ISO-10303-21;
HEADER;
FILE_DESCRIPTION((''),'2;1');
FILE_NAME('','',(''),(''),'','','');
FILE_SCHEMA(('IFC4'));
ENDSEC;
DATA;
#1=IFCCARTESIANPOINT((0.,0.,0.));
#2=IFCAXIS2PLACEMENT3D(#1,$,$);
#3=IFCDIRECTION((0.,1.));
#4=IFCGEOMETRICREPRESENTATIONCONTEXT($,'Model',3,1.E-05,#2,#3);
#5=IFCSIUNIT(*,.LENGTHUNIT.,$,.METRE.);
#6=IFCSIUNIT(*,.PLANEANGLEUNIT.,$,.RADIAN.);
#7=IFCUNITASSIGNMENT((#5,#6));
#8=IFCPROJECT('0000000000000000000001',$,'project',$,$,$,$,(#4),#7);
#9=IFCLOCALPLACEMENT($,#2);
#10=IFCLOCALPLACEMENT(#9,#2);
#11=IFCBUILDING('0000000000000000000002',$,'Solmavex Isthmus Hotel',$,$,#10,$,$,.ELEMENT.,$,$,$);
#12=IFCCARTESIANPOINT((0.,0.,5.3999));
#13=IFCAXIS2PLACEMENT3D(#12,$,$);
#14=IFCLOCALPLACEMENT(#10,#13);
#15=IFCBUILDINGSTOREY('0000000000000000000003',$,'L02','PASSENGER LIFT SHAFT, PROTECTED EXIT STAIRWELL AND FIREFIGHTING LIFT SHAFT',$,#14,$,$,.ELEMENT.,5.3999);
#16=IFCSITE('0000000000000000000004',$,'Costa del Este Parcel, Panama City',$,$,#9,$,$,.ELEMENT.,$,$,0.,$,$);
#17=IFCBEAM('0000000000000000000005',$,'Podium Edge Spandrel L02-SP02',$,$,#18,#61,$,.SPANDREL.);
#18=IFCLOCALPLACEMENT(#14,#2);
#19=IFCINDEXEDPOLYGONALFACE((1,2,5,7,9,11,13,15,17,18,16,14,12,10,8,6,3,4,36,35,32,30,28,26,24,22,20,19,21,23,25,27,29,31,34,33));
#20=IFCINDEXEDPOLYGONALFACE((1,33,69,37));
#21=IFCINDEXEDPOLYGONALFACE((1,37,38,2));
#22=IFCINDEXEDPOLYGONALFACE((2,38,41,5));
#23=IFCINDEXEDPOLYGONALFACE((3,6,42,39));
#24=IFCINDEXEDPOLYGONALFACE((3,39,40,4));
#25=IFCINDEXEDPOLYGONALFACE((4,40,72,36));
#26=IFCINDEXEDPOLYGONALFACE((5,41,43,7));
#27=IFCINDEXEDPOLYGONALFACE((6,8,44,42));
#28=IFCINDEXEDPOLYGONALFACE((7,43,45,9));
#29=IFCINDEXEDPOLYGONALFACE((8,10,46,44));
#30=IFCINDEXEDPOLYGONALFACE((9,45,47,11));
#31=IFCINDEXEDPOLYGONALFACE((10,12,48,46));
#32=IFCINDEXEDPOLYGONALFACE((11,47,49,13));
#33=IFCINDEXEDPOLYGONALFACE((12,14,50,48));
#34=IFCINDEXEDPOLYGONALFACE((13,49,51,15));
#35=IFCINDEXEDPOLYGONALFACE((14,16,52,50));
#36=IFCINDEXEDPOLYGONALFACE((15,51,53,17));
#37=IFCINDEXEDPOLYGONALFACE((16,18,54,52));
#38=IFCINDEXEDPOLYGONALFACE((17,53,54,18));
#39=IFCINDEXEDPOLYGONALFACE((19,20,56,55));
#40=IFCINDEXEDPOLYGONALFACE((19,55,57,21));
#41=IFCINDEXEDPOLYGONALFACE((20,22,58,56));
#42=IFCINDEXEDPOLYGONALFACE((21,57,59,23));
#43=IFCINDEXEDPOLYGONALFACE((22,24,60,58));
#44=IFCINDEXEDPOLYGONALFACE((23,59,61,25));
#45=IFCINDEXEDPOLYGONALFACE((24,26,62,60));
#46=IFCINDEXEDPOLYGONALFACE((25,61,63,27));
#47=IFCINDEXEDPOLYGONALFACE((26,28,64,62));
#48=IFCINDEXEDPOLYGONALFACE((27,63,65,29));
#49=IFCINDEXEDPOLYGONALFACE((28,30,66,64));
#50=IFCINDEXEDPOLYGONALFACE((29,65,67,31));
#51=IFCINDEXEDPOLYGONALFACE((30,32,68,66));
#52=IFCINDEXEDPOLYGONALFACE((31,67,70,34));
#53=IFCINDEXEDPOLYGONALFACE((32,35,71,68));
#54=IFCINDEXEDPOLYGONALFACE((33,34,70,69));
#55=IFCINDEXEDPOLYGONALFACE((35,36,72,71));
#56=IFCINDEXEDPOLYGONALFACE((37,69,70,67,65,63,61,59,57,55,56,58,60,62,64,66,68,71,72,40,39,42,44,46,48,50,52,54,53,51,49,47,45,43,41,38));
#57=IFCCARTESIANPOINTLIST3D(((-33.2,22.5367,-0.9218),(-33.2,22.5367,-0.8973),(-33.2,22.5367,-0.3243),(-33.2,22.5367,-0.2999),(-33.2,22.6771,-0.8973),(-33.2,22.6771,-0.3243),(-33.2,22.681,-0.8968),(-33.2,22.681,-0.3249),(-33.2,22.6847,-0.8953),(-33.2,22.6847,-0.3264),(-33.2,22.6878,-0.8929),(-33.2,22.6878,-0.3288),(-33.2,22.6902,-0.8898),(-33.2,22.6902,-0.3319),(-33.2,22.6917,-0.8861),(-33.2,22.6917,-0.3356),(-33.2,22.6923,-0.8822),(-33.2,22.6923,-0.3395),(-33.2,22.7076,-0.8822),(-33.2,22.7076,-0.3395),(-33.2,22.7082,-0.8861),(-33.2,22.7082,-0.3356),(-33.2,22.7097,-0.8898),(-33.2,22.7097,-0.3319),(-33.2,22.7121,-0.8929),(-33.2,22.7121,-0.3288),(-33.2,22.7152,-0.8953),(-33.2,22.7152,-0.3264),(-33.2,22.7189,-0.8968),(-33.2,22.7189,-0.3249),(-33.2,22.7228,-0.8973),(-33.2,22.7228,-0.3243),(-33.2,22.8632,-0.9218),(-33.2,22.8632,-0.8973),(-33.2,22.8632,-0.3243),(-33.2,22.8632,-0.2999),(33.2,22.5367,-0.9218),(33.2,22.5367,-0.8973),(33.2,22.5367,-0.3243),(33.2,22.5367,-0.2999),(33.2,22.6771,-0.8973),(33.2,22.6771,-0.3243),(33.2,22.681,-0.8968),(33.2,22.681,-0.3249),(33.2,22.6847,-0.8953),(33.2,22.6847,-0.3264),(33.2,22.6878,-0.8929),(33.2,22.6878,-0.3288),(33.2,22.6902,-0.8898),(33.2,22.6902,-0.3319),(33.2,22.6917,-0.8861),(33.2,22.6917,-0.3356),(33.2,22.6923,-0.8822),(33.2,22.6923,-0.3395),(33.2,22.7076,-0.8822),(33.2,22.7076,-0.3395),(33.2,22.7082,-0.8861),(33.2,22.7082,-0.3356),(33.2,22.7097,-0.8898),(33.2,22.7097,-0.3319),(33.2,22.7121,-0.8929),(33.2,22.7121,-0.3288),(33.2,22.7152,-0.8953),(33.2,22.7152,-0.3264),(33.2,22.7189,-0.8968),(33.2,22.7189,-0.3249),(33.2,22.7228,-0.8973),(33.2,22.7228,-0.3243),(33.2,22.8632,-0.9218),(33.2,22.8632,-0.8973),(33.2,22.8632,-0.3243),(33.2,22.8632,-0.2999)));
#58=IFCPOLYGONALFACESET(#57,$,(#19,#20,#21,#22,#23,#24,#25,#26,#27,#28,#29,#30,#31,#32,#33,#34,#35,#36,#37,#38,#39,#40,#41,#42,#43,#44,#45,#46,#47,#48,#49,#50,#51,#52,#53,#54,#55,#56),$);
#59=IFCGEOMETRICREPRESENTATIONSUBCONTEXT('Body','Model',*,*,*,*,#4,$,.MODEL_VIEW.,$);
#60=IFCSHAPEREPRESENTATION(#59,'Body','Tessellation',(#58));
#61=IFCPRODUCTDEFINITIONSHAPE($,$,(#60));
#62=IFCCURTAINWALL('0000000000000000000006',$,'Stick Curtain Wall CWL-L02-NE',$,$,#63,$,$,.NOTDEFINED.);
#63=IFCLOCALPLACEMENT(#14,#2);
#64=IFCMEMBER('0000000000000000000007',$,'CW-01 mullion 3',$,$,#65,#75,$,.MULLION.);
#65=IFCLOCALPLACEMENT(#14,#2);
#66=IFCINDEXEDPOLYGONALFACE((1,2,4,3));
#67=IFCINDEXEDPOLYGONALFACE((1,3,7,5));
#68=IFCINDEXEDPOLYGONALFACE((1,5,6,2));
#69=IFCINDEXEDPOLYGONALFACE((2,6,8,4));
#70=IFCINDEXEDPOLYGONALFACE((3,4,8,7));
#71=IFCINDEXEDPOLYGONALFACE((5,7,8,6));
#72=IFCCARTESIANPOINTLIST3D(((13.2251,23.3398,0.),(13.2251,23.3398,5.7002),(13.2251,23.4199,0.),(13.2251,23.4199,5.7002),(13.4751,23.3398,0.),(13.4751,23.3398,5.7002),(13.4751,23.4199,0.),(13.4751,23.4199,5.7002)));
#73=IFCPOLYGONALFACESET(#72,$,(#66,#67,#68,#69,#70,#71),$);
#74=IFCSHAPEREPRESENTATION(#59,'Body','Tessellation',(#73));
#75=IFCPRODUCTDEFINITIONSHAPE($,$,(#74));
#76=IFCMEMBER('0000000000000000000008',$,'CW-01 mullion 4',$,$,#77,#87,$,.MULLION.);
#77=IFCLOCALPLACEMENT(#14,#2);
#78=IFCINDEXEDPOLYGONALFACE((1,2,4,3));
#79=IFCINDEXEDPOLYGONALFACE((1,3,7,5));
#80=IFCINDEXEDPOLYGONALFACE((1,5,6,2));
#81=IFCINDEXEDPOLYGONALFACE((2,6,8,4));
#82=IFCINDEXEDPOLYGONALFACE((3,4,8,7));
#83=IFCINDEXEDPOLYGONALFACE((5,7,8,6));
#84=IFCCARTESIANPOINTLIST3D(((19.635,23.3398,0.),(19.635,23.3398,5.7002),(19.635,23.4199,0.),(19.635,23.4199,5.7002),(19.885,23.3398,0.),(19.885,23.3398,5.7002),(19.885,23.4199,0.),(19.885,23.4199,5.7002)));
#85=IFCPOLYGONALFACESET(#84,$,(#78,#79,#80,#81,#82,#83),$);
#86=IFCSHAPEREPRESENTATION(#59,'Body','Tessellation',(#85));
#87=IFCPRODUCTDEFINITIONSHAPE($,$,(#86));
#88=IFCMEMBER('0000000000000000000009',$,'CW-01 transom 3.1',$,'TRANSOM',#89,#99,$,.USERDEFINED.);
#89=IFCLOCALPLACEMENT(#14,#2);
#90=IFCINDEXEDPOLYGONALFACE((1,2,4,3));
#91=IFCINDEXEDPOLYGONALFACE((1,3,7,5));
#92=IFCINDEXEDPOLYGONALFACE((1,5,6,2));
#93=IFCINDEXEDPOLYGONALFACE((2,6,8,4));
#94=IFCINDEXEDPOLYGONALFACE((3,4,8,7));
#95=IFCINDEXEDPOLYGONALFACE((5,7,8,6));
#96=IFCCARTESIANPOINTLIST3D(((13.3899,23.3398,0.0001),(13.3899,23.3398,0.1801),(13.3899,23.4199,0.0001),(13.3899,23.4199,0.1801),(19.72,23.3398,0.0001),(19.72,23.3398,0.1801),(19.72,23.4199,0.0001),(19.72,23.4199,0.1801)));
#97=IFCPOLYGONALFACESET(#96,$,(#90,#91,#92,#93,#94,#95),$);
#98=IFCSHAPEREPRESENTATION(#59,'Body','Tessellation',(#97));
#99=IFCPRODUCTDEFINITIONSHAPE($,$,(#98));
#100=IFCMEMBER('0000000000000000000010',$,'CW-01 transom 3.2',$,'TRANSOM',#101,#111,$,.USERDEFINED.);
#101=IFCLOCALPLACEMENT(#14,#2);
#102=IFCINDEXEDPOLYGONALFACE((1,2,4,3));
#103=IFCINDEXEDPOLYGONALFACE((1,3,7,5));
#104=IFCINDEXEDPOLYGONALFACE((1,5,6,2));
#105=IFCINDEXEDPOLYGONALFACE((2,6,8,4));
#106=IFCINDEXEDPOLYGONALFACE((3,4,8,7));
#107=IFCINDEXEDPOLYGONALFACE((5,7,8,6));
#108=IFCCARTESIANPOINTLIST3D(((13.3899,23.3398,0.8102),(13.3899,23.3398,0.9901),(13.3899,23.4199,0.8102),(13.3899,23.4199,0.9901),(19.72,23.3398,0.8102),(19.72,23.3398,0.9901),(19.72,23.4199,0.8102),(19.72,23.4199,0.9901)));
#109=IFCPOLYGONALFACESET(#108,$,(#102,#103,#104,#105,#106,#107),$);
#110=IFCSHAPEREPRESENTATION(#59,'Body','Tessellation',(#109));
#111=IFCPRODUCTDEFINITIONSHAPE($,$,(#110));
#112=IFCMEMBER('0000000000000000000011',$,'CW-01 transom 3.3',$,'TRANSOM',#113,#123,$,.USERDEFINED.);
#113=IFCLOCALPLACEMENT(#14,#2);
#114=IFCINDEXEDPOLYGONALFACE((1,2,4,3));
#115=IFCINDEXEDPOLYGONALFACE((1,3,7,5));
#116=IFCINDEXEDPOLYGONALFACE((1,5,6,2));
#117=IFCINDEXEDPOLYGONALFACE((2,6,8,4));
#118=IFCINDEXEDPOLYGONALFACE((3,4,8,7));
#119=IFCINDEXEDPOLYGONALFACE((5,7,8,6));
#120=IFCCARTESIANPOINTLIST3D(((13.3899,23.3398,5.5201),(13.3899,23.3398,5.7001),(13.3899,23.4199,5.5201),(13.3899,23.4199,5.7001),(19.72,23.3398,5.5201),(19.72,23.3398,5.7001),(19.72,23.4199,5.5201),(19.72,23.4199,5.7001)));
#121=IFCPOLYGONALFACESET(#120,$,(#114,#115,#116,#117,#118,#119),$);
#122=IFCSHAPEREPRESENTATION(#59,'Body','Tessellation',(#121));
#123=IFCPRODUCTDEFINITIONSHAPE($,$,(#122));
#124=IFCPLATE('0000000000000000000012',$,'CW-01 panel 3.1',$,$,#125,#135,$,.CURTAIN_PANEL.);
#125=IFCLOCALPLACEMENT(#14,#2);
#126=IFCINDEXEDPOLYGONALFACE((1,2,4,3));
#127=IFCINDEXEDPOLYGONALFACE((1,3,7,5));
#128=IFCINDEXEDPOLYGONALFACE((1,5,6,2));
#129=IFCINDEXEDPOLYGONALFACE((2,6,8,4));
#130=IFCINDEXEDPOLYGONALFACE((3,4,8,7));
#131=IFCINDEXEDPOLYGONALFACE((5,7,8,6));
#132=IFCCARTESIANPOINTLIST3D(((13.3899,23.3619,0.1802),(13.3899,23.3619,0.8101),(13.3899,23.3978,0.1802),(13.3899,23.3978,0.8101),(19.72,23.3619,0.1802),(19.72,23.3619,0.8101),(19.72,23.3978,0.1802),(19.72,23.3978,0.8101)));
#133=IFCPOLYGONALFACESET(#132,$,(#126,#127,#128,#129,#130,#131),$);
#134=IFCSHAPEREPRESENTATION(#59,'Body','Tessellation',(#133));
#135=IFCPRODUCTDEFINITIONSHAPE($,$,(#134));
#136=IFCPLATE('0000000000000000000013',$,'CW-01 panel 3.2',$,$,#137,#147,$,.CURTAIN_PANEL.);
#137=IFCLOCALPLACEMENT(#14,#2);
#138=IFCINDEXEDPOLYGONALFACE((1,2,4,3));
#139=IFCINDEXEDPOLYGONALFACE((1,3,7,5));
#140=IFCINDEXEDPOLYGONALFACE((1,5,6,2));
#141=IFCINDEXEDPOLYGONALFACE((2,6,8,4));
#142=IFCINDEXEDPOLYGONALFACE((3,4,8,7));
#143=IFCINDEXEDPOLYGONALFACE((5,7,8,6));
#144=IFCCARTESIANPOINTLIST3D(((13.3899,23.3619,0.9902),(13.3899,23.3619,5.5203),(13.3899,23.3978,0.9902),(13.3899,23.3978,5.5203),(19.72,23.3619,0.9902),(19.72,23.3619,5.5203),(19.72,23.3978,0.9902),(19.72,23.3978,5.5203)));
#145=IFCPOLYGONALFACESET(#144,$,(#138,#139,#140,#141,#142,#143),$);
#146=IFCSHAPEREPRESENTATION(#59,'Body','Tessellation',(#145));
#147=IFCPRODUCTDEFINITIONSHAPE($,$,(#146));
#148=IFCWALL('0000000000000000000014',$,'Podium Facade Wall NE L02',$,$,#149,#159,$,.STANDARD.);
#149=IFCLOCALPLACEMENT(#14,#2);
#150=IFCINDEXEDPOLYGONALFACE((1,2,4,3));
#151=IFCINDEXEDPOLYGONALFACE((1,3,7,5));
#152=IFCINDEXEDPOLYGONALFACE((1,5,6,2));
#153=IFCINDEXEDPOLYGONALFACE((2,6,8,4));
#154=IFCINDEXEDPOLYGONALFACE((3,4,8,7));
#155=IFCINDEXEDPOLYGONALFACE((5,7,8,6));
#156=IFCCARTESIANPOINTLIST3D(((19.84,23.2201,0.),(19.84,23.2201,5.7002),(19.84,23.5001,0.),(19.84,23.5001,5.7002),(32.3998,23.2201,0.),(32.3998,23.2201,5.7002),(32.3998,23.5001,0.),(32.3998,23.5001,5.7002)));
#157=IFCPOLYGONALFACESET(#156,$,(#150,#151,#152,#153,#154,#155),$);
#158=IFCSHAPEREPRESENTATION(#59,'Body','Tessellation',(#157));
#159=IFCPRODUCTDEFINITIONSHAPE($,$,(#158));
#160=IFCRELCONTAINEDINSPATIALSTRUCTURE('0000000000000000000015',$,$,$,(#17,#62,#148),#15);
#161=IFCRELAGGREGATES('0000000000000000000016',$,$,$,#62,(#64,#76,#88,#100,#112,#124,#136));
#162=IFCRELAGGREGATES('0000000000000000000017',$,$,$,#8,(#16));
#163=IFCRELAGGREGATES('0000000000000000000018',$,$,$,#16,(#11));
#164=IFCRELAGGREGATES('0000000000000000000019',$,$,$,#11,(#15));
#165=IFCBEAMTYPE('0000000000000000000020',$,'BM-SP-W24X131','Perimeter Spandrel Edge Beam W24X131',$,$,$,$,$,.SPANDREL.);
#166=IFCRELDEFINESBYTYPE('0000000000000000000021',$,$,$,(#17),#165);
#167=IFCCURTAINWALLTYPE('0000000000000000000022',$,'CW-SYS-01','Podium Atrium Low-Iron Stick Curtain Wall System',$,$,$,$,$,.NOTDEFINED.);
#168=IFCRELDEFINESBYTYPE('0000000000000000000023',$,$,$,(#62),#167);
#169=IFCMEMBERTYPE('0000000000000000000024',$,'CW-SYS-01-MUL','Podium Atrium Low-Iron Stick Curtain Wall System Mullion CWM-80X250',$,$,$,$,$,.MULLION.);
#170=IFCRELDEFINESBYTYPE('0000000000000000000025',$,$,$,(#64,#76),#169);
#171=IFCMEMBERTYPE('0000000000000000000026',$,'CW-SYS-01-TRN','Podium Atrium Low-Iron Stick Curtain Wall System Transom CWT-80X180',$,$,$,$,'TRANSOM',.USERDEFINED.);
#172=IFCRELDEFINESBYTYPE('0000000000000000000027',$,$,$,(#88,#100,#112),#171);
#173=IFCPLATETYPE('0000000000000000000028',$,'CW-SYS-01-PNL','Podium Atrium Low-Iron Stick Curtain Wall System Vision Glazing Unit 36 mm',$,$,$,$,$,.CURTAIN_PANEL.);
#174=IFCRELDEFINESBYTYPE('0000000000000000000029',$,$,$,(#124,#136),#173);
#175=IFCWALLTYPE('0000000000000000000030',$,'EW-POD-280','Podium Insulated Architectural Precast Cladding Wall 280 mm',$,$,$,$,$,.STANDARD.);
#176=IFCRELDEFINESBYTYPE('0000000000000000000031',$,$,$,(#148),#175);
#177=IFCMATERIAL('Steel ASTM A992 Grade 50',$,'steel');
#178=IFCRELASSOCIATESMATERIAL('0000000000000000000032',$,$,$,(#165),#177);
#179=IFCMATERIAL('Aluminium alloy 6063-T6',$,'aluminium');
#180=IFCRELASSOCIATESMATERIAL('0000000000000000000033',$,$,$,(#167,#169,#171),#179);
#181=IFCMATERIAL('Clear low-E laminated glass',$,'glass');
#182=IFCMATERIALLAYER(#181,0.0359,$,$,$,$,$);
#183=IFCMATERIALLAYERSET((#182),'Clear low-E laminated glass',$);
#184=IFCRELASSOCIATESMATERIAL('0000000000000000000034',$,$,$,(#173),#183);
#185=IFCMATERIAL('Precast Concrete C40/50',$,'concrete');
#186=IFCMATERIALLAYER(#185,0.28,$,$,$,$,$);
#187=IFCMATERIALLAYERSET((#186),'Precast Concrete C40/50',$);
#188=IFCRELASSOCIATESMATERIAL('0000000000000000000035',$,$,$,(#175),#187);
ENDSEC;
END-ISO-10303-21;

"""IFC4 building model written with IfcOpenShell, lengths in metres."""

from ifc_helpers import new_model, si_unit, direction, frame, frame_2d, origin, origin_2d, place, context, subcontext, project, spatial, rectangle, i_section, extrude, material, layer, layer_set, material_profile, profile_set, type_object, element, aggregate, save


model = new_model("IFC4")

# Units and contexts
model_context = context("Model", 3, precision=1e-05, world=origin(), true_north=direction((0.0, 1.0)))
body_context = subcontext(model_context, "Body", "Model", "MODEL_VIEW")
ifc_project = project(units=[si_unit("LENGTHUNIT", "METRE"), si_unit("PLANEANGLEUNIT", "RADIAN")], contexts=[model_context])

# Site, building, storey
site_placement = place(None, origin())
site = spatial("IfcSite", under=ifc_project, at=site_placement, Name="Costa del Este Parcel, Panama City", CompositionType="ELEMENT", RefElevation=0.0)
building_placement = place(site_placement, origin())
building = spatial("IfcBuilding", under=site, at=building_placement, Name="Solmavex Isthmus Hotel", CompositionType="ELEMENT")
storey_placement = place(building_placement, frame((0.0, 0.0, 5.3999)))
storey = spatial("IfcBuildingStorey", under=building, at=storey_placement, Name="L02", Description="PASSENGER LIFT SHAFT, PROTECTED EXIT STAIRWELL AND FIREFIGHTING LIFT SHAFT", CompositionType="ELEMENT", Elevation=5.3999)

# Beam
ifc_material_1 = material(Name="Steel ASTM A992 Grade 50", Category="steel")
ifc_material_profile_1 = material_profile(ifc_material_1, i_section(OverallWidth=0.3264, OverallDepth=0.6218, WebThickness=0.0154, FlangeThickness=0.0244, FilletRadius=0.0151, at=origin_2d()), Name="W24X131")
ifc_profile_set_1 = profile_set([ifc_material_profile_1], Name="Steel ASTM A992 Grade 50")
beam_type_1 = type_object("IfcBeamType", Name="BM-SP-W24X131", Description="Perimeter Spandrel Edge Beam W24X131", PredefinedType="SPANDREL", material=ifc_profile_set_1)
beam_1_placement = place(storey_placement, frame((33.2, 22.7, -0.6108), z_axis=(-1.0, 0.0, 0.0), x_axis=(0.0, -1.0, 0.0)))
element("IfcBeam", 1, at=beam_1_placement, inside=storey, type_object=beam_type_1, Name="Podium Edge Spandrel L02-SP02", PredefinedType="SPANDREL", context=body_context, shape_type="SweptSolid", body=[
    extrude(i_section(OverallWidth=0.3264, OverallDepth=0.6218, WebThickness=0.0154, FlangeThickness=0.0244, FilletRadius=0.0151, at=origin_2d()), origin(), (0.0, 0.0, 1.0), 66.3999),
])

# Curtain wall, members, plates
ifc_material_2 = material(Name="Aluminium alloy 6063-T6", Category="aluminium")
curtain_wall_type = type_object("IfcCurtainWallType", Name="CW-SYS-01", Description="Podium Atrium Low-Iron Stick Curtain Wall System", PredefinedType="NOTDEFINED", material=ifc_material_2)
curtain_wall_placement = place(storey_placement, origin())
curtain_wall = element("IfcCurtainWall", 2, at=curtain_wall_placement, inside=storey, type_object=curtain_wall_type, Name="Stick Curtain Wall CWL-L02-NE", PredefinedType="NOTDEFINED")
ifc_material_profile_2 = material_profile(ifc_material_2, rectangle(XDim=0.0801, YDim=0.25, at=origin_2d()), Name="CWM-80X250")
ifc_profile_set_2 = profile_set([ifc_material_profile_2], Name="Aluminium alloy 6063-T6")
member_type_1 = type_object("IfcMemberType", Name="CW-SYS-01-MUL", Description="Podium Atrium Low-Iron Stick Curtain Wall System Mullion CWM-80X250", PredefinedType="MULLION", material=ifc_profile_set_2)
member_1_placement = place(storey_placement, frame((13.3501, 23.3799, 0.0), z_axis=(0.0, 0.0, 1.0), x_axis=(0.0, 1.0, 0.0)))
member_1 = element("IfcMember", 3, at=member_1_placement, type_object=member_type_1, Name="CW-01 mullion 3", PredefinedType="MULLION", context=body_context, shape_type="SweptSolid", body=[
    extrude(rectangle(XDim=0.0801, YDim=0.25, at=origin_2d()), origin(), (0.0, 0.0, 1.0), 5.7002),
])
member_2_placement = place(storey_placement, frame((19.76, 23.3799, 0.0), z_axis=(0.0, 0.0, 1.0), x_axis=(0.0, 1.0, 0.0)))
member_2 = element("IfcMember", 4, at=member_2_placement, type_object=member_type_1, Name="CW-01 mullion 4", PredefinedType="MULLION", context=body_context, shape_type="SweptSolid", body=[
    extrude(rectangle(XDim=0.0801, YDim=0.25, at=origin_2d()), origin(), (0.0, 0.0, 1.0), 5.7002),
])
ifc_material_profile_3 = material_profile(ifc_material_2, rectangle(XDim=0.0801, YDim=0.1799, at=origin_2d()), Name="CWT-80X180")
ifc_profile_set_3 = profile_set([ifc_material_profile_3], Name="Aluminium alloy 6063-T6")
member_type_2 = type_object("IfcMemberType", Name="CW-SYS-01-TRN", Description="Podium Atrium Low-Iron Stick Curtain Wall System Transom CWT-80X180", ElementType="TRANSOM", PredefinedType="USERDEFINED", material=ifc_profile_set_3)
member_3_placement = place(storey_placement, frame((13.3899, 23.3799, 0.0901), z_axis=(1.0, 0.0, 0.0), x_axis=(0.0, 1.0, 0.0)))
member_3 = element("IfcMember", 5, at=member_3_placement, type_object=member_type_2, Name="CW-01 transom 3.1", ObjectType="TRANSOM", PredefinedType="USERDEFINED", context=body_context, shape_type="SweptSolid", body=[
    extrude(rectangle(XDim=0.0801, YDim=0.1799, at=origin_2d()), origin(), (0.0, 0.0, 1.0), 6.3301),
])
member_4_placement = place(storey_placement, frame((13.3899, 23.3799, 0.9001), z_axis=(1.0, 0.0, 0.0), x_axis=(0.0, 1.0, 0.0)))
member_4 = element("IfcMember", 6, at=member_4_placement, type_object=member_type_2, Name="CW-01 transom 3.2", ObjectType="TRANSOM", PredefinedType="USERDEFINED", context=body_context, shape_type="SweptSolid", body=[
    extrude(rectangle(XDim=0.0801, YDim=0.1799, at=origin_2d()), origin(), (0.0, 0.0, 1.0), 6.3301),
])
member_5_placement = place(storey_placement, frame((13.3899, 23.3799, 5.6101), z_axis=(1.0, 0.0, 0.0), x_axis=(0.0, 1.0, 0.0)))
member_5 = element("IfcMember", 7, at=member_5_placement, type_object=member_type_2, Name="CW-01 transom 3.3", ObjectType="TRANSOM", PredefinedType="USERDEFINED", context=body_context, shape_type="SweptSolid", body=[
    extrude(rectangle(XDim=0.0801, YDim=0.1799, at=origin_2d()), origin(), (0.0, 0.0, 1.0), 6.3301),
])
ifc_material_3 = material(Name="Clear low-E laminated glass", Category="glass")
ifc_layer_1 = layer(ifc_material_3, 0.0359)
ifc_layer_set_1 = layer_set([ifc_layer_1], Name="Clear low-E laminated glass")
plate_type = type_object("IfcPlateType", Name="CW-SYS-01-PNL", Description="Podium Atrium Low-Iron Stick Curtain Wall System Vision Glazing Unit 36 mm", PredefinedType="CURTAIN_PANEL", material=ifc_layer_set_1)
plate_1_placement = place(storey_placement, frame((16.5549, 23.3799, 0.1802), z_axis=(0.0, 0.0, 1.0), x_axis=(1.0, 0.0, 0.0)))
plate_1 = element("IfcPlate", 8, at=plate_1_placement, type_object=plate_type, Name="CW-01 panel 3.1", PredefinedType="CURTAIN_PANEL", context=body_context, shape_type="SweptSolid", body=[
    extrude(rectangle(XDim=6.3301, YDim=0.0359, at=origin_2d()), origin(), (0.0, 0.0, 1.0), 0.6299),
])
plate_2_placement = place(storey_placement, frame((16.5549, 23.3799, 0.9902), z_axis=(0.0, 0.0, 1.0), x_axis=(1.0, 0.0, 0.0)))
plate_2 = element("IfcPlate", 9, at=plate_2_placement, type_object=plate_type, Name="CW-01 panel 3.2", PredefinedType="CURTAIN_PANEL", context=body_context, shape_type="SweptSolid", body=[
    extrude(rectangle(XDim=6.3301, YDim=0.0359, at=origin_2d()), origin(), (0.0, 0.0, 1.0), 4.53),
])
aggregate(curtain_wall, [member_1, member_2, member_3, member_4, member_5, plate_1, plate_2])

# Wall
ifc_material_4 = material(Name="Precast Concrete C40/50", Category="concrete")
ifc_layer_2 = layer(ifc_material_4, 0.28)
ifc_layer_set_2 = layer_set([ifc_layer_2], Name="Precast Concrete C40/50")
wall_type_1 = type_object("IfcWallType", Name="EW-POD-280", Description="Podium Insulated Architectural Precast Cladding Wall 280 mm", PredefinedType="STANDARD", material=ifc_layer_set_2)
wall_1_placement = place(storey_placement, frame((19.8401, 23.3601, 0.0), z_axis=(0.0, 0.0, 1.0), x_axis=(1.0, 0.0, 0.0)))
element("IfcWall", 10, at=wall_1_placement, inside=storey, type_object=wall_type_1, Name="Podium Facade Wall NE L02", PredefinedType="STANDARD", context=body_context, shape_type="SweptSolid", body=[
    extrude(rectangle(XDim=12.5598, YDim=0.28, at=frame_2d((6.2798, 0.0))), origin(), (0.0, 0.0, 1.0), 5.7002),
])

save(model, "model.ifc")
